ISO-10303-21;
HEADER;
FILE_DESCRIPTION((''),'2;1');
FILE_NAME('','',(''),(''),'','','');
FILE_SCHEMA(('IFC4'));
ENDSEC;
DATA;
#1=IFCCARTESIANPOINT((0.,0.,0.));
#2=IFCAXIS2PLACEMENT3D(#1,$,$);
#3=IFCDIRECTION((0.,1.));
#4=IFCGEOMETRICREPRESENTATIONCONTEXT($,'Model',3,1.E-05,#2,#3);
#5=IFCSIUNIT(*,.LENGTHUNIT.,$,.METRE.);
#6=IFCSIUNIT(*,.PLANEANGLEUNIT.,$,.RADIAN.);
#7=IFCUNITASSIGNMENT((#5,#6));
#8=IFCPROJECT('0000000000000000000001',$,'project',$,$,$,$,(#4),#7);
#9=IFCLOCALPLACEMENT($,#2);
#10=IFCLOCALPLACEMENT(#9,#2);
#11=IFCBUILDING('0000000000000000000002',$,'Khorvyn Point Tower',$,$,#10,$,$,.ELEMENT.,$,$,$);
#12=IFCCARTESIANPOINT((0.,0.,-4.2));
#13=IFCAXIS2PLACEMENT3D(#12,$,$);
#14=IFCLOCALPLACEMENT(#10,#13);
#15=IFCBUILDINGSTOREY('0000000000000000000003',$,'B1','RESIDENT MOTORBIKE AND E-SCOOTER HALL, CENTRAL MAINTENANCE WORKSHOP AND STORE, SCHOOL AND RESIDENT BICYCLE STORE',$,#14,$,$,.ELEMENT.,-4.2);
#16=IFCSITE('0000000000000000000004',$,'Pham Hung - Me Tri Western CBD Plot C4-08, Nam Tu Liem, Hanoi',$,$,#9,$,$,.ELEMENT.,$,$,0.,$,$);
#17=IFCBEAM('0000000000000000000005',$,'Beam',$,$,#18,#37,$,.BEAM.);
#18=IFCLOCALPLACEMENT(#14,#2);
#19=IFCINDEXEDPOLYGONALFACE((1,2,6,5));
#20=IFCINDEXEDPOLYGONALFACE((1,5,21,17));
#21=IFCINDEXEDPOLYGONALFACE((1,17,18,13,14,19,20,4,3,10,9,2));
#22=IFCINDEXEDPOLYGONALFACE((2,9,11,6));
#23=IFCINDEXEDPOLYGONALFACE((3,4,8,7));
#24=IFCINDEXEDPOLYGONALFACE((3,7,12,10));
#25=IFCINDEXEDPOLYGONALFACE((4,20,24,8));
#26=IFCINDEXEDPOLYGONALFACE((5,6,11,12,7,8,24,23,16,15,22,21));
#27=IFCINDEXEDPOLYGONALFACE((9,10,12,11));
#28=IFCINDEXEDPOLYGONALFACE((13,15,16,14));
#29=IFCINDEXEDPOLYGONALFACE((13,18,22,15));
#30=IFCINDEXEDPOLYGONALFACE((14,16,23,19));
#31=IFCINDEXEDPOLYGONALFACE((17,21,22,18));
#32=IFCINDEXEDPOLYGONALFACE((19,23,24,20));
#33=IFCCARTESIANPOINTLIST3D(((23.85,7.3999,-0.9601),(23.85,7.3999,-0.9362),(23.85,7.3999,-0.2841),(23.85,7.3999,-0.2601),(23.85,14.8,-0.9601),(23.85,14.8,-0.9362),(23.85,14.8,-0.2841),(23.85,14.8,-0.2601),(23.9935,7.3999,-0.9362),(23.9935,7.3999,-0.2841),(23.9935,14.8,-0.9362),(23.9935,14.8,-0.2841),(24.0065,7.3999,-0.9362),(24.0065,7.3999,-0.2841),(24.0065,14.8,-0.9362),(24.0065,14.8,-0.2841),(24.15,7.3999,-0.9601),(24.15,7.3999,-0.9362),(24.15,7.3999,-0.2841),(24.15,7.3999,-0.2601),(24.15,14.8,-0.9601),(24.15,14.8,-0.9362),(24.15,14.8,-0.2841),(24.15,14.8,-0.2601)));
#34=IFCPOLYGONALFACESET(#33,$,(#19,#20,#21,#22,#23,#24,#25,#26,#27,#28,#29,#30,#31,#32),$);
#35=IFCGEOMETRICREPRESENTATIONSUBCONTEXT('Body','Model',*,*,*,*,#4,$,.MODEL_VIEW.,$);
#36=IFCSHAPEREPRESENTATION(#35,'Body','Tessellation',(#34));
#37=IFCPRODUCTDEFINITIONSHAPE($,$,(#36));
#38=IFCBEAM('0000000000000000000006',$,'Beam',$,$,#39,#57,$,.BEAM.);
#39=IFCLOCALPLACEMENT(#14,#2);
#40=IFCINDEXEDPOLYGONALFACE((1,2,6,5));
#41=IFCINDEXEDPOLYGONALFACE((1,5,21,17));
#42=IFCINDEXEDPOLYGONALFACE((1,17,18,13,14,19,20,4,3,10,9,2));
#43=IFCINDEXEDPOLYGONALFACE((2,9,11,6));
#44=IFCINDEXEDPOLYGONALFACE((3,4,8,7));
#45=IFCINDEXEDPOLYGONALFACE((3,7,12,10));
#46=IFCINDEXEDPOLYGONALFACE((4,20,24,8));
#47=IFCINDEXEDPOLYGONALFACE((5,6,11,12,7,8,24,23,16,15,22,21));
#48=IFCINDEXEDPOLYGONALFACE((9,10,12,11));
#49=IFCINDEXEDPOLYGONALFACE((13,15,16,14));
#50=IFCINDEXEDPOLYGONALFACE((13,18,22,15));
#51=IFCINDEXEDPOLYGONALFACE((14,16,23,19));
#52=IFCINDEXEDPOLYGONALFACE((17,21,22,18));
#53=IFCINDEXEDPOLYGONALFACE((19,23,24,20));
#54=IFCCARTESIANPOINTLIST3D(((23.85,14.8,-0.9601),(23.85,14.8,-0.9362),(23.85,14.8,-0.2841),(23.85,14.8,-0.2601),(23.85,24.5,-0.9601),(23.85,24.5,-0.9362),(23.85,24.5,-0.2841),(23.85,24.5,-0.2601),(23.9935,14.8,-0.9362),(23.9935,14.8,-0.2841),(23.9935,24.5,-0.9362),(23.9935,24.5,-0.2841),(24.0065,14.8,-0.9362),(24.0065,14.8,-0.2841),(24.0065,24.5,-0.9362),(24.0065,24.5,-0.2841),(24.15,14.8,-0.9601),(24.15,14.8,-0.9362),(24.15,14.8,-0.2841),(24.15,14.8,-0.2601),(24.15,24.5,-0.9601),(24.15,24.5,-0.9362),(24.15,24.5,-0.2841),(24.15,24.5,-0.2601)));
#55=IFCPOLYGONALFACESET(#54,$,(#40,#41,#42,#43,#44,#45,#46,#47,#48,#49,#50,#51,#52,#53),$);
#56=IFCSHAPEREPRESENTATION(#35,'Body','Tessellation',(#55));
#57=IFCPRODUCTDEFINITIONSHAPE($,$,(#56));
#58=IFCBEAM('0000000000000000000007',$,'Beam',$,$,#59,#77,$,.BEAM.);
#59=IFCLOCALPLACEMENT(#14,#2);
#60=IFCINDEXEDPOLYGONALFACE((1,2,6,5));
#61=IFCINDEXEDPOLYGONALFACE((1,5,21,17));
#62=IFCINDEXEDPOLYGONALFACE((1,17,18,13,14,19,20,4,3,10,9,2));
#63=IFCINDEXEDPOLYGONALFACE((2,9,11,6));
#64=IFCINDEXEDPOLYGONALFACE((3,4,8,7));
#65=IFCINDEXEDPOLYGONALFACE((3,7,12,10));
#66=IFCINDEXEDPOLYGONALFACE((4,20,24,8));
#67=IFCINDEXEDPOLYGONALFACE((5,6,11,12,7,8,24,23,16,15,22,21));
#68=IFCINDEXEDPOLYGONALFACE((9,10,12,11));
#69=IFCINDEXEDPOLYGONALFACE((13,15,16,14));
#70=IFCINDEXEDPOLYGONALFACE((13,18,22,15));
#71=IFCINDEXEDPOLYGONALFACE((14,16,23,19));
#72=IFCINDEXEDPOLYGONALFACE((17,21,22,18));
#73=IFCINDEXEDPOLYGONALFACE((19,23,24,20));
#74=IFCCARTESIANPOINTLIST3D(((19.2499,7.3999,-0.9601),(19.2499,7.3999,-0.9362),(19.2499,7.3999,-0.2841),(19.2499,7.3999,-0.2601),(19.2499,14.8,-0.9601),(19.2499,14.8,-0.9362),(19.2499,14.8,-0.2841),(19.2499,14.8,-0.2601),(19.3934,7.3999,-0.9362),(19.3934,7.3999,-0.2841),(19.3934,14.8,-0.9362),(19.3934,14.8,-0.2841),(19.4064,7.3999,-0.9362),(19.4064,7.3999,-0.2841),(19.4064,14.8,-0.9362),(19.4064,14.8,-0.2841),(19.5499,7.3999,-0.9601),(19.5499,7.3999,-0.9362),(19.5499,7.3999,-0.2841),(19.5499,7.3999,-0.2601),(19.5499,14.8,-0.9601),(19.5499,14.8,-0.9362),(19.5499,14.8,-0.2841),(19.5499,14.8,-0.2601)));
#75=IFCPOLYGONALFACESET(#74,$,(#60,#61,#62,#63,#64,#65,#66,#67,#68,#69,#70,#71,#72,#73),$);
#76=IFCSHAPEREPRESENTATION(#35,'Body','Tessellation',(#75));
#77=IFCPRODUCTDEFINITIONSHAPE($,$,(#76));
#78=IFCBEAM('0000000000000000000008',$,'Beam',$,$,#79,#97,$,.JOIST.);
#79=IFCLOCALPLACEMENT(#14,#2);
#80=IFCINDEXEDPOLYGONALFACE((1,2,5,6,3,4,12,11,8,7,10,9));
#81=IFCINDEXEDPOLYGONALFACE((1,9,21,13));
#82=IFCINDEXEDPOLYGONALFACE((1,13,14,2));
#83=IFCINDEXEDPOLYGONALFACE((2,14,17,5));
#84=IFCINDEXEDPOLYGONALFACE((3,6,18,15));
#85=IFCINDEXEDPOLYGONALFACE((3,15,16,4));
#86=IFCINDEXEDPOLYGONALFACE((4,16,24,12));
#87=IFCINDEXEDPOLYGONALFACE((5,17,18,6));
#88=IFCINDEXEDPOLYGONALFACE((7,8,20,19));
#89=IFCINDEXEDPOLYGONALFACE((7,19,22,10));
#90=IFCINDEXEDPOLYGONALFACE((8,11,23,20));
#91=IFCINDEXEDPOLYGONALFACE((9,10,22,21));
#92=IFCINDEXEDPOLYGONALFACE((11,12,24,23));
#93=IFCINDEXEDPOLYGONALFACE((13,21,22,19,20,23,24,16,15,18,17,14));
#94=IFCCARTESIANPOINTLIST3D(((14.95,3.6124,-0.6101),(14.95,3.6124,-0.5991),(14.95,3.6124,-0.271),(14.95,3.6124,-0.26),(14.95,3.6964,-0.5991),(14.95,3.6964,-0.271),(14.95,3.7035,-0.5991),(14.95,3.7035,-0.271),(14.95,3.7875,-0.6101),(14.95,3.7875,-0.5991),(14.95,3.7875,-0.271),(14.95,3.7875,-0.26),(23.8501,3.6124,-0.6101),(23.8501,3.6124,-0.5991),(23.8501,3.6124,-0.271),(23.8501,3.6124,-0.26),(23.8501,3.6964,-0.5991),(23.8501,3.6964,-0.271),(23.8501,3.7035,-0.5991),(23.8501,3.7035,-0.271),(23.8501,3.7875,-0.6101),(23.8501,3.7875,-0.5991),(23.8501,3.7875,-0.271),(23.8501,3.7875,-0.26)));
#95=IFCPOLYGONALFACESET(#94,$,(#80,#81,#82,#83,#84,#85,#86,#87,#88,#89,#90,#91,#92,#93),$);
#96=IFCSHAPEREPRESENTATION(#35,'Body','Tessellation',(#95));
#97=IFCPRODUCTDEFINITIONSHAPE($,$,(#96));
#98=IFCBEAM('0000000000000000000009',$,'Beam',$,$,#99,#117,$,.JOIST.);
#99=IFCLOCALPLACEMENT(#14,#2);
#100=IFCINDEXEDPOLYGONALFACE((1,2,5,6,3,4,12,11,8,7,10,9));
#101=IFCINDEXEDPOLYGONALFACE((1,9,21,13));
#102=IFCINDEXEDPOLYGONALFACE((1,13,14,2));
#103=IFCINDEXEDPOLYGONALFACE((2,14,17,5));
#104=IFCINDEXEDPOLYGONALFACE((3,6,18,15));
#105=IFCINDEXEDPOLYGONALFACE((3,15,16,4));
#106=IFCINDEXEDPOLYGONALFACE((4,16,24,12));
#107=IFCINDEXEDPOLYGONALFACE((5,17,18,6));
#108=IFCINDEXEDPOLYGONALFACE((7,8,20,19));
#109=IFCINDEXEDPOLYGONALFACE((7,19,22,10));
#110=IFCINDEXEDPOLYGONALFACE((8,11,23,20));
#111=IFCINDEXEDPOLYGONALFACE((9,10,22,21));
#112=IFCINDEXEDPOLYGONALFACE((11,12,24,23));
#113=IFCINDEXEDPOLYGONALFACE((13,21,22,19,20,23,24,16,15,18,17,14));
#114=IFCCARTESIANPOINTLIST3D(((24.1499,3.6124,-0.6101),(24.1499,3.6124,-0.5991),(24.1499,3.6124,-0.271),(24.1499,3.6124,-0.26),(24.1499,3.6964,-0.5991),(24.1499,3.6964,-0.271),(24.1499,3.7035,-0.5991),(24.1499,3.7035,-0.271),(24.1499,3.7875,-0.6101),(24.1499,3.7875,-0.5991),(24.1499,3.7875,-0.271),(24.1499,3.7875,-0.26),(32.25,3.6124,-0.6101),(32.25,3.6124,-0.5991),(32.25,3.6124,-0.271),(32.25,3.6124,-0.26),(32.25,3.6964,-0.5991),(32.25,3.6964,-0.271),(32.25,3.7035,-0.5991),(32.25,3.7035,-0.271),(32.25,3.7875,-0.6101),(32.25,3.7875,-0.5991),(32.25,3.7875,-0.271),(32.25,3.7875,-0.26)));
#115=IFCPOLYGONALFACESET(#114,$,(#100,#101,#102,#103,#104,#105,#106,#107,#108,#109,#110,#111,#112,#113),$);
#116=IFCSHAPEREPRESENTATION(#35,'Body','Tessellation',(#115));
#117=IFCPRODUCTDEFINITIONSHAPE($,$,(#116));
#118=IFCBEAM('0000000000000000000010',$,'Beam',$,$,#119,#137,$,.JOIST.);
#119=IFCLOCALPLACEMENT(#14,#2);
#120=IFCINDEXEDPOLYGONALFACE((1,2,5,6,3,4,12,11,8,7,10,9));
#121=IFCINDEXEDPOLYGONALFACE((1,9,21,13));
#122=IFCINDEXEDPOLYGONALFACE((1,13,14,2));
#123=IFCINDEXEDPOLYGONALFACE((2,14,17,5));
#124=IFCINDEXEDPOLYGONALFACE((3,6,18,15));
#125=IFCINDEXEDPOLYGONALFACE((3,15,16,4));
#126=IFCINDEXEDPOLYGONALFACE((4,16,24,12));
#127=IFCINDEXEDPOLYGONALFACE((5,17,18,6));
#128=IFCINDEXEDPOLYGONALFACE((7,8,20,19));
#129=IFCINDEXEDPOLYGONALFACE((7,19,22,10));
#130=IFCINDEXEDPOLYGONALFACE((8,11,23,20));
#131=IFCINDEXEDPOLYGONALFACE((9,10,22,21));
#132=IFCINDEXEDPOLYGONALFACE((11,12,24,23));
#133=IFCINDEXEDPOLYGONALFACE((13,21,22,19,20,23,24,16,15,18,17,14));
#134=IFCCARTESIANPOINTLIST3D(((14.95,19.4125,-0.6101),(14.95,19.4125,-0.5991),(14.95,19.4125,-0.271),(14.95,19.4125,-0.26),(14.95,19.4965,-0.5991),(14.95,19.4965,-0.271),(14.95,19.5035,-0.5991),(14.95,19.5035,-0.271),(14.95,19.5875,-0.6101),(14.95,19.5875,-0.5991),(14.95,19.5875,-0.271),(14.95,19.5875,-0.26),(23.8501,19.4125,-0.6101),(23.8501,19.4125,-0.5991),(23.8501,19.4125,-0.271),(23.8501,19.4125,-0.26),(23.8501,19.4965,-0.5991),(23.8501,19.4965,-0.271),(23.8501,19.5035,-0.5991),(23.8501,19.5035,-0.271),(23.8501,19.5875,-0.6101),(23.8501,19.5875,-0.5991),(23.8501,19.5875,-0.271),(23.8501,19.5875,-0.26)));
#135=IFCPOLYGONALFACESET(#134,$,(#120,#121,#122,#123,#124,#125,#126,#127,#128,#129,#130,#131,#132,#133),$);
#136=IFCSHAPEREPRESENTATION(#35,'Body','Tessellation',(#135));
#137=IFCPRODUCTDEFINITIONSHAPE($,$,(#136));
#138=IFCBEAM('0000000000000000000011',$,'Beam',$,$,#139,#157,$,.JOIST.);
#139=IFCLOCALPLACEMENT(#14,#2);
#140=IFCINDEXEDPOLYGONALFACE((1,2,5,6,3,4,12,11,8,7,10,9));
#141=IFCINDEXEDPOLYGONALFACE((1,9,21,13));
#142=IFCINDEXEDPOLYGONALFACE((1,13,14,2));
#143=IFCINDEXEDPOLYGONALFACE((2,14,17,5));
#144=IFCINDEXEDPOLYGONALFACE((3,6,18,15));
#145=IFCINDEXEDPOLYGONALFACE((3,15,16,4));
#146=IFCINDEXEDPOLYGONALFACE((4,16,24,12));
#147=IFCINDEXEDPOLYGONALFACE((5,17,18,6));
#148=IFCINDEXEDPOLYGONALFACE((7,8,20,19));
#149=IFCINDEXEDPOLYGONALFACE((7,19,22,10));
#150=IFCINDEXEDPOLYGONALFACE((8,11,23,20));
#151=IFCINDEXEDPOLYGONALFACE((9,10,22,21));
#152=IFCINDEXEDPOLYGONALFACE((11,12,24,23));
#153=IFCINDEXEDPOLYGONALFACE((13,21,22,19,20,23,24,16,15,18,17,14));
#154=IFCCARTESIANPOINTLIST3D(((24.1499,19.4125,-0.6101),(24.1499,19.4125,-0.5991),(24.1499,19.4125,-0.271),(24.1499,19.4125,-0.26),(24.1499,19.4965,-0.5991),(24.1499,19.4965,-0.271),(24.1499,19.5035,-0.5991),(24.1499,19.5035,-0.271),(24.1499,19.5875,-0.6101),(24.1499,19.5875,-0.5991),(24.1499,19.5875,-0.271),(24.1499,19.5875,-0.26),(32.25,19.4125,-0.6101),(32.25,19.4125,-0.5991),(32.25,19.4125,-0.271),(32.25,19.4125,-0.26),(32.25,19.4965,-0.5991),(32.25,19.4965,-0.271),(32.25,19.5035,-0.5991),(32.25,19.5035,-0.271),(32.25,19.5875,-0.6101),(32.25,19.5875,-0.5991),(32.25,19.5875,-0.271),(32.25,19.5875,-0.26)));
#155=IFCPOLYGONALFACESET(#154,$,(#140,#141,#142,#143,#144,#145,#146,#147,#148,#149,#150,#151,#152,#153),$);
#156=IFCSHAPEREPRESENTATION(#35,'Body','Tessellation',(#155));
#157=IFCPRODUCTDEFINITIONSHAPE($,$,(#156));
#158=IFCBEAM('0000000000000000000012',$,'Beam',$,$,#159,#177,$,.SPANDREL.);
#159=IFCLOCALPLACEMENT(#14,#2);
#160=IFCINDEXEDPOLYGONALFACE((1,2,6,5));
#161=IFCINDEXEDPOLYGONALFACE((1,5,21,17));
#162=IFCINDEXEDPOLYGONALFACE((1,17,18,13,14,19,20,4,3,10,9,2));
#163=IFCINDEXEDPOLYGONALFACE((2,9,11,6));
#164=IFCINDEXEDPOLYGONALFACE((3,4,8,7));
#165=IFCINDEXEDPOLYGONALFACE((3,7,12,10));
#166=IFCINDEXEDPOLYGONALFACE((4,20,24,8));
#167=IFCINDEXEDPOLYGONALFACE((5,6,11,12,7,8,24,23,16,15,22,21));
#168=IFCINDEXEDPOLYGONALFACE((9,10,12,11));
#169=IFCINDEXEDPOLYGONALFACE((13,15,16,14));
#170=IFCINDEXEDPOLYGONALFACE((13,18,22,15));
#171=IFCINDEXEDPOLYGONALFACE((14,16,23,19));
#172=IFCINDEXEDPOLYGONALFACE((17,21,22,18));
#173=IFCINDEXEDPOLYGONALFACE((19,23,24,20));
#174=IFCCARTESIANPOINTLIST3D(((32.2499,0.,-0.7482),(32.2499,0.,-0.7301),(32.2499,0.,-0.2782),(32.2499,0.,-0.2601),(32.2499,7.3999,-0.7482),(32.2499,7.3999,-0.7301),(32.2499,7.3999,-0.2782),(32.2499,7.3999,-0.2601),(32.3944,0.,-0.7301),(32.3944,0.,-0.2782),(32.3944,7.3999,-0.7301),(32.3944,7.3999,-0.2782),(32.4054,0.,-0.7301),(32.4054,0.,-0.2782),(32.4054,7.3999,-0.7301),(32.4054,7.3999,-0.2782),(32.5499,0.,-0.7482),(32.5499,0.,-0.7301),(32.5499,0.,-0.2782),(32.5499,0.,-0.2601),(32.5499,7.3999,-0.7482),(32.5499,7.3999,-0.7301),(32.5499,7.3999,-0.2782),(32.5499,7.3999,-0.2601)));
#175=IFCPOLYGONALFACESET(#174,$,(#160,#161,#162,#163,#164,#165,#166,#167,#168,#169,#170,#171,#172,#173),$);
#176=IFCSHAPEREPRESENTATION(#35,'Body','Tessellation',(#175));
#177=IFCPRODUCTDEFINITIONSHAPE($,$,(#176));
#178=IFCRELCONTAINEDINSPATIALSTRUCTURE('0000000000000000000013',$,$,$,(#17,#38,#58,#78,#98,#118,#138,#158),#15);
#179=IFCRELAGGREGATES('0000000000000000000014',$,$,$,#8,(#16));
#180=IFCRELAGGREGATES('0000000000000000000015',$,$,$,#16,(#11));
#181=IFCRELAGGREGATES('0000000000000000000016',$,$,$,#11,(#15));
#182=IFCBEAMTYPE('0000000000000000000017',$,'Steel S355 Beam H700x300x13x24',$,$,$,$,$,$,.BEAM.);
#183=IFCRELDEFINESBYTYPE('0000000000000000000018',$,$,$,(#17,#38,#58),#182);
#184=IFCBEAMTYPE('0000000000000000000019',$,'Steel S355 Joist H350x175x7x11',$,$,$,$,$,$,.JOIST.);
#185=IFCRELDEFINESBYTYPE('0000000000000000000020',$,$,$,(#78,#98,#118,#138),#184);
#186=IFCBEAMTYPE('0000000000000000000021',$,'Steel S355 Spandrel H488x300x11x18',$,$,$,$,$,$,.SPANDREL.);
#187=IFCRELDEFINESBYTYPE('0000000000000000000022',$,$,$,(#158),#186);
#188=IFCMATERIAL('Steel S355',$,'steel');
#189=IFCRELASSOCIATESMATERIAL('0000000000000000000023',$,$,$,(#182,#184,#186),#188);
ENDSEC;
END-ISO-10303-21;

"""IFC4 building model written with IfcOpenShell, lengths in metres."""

from ifc_helpers import new_model, si_unit, direction, frame, origin, origin_2d, place, context, subcontext, project, spatial, i_section, extrude, material, material_profile, profile_set, type_object, element, save


model = new_model("IFC4")

# Units and contexts
model_context = context("Model", 3, precision=1e-05, world=origin(), true_north=direction((0.0, 1.0)))
body_context = subcontext(model_context, "Body", "Model", "MODEL_VIEW")
ifc_project = project(units=[si_unit("LENGTHUNIT", "METRE"), si_unit("PLANEANGLEUNIT", "RADIAN")], contexts=[model_context])

# Site, building, storey
site_placement = place(None, origin())
site = spatial("IfcSite", under=ifc_project, at=site_placement, Name="Pham Hung - Me Tri Western CBD Plot C4-08, Nam Tu Liem, Hanoi", CompositionType="ELEMENT", RefElevation=0.0)
building_placement = place(site_placement, origin())
building = spatial("IfcBuilding", under=site, at=building_placement, Name="Khorvyn Point Tower", CompositionType="ELEMENT")
storey_placement = place(building_placement, frame((0.0, 0.0, -4.2)))
storey = spatial("IfcBuildingStorey", under=building, at=storey_placement, Name="B1", Description="RESIDENT MOTORBIKE AND E-SCOOTER HALL, CENTRAL MAINTENANCE WORKSHOP AND STORE, SCHOOL AND RESIDENT BICYCLE STORE", CompositionType="ELEMENT", Elevation=-4.2)

# Beams
ifc_material_1 = material(Name="Steel S355", Category="steel")
ifc_material_profile_1 = material_profile(ifc_material_1, i_section(OverallWidth=0.3, OverallDepth=0.7, WebThickness=0.0129, FlangeThickness=0.0239, at=origin_2d()))
ifc_profile_set_1 = profile_set([ifc_material_profile_1], Name="Steel S355 H700x300x13x24")
beam_type_1 = type_object("IfcBeamType", Name="Steel S355 Beam H700x300x13x24", PredefinedType="BEAM", material=ifc_profile_set_1)
beam_1_placement = place(storey_placement, frame((24.0, 7.3999, -0.6101), z_axis=(0.0, 1.0, 0.0), x_axis=(-1.0, 0.0, 0.0)))
element("IfcBeam", 1, at=beam_1_placement, inside=storey, type_object=beam_type_1, Name="Beam", PredefinedType="BEAM", context=body_context, shape_type="SweptSolid", body=[
    extrude(i_section(OverallWidth=0.3, OverallDepth=0.7, WebThickness=0.0129, FlangeThickness=0.0239, at=origin_2d()), origin(), (0.0, 0.0, 1.0), 7.4001),
])
beam_2_placement = place(storey_placement, frame((24.0, 14.8, -0.6101), z_axis=(0.0, 1.0, 0.0), x_axis=(-1.0, 0.0, 0.0)))
element("IfcBeam", 2, at=beam_2_placement, inside=storey, type_object=beam_type_1, Name="Beam", PredefinedType="BEAM", context=body_context, shape_type="SweptSolid", body=[
    extrude(i_section(OverallWidth=0.3, OverallDepth=0.7, WebThickness=0.0129, FlangeThickness=0.0239, at=origin_2d()), origin(), (0.0, 0.0, 1.0), 9.7),
])
beam_3_placement = place(storey_placement, frame((19.3999, 7.3999, -0.6101), z_axis=(0.0, 1.0, 0.0), x_axis=(-1.0, 0.0, 0.0)))
element("IfcBeam", 3, at=beam_3_placement, inside=storey, type_object=beam_type_1, Name="Beam", PredefinedType="BEAM", context=body_context, shape_type="SweptSolid", body=[
    extrude(i_section(OverallWidth=0.3, OverallDepth=0.7, WebThickness=0.0129, FlangeThickness=0.0239, at=origin_2d()), origin(), (0.0, 0.0, 1.0), 7.4001),
])
ifc_material_profile_2 = material_profile(ifc_material_1, i_section(OverallWidth=0.175, OverallDepth=0.3501, WebThickness=0.0071, FlangeThickness=0.011, at=origin_2d()))
ifc_profile_set_2 = profile_set([ifc_material_profile_2], Name="Steel S355 H350x175x7x11")
beam_type_2 = type_object("IfcBeamType", Name="Steel S355 Joist H350x175x7x11", PredefinedType="JOIST", material=ifc_profile_set_2)
beam_4_placement = place(storey_placement, frame((14.95, 3.7, -0.4351), z_axis=(1.0, 0.0, 0.0), x_axis=(0.0, 1.0, 0.0)))
element("IfcBeam", 4, at=beam_4_placement, inside=storey, type_object=beam_type_2, Name="Beam", PredefinedType="JOIST", context=body_context, shape_type="SweptSolid", body=[
    extrude(i_section(OverallWidth=0.175, OverallDepth=0.3501, WebThickness=0.0071, FlangeThickness=0.011, at=origin_2d()), origin(), (0.0, 0.0, 1.0), 8.9001),
])
beam_5_placement = place(storey_placement, frame((24.1499, 3.7, -0.4351), z_axis=(1.0, 0.0, 0.0), x_axis=(0.0, 1.0, 0.0)))
element("IfcBeam", 5, at=beam_5_placement, inside=storey, type_object=beam_type_2, Name="Beam", PredefinedType="JOIST", context=body_context, shape_type="SweptSolid", body=[
    extrude(i_section(OverallWidth=0.175, OverallDepth=0.3501, WebThickness=0.0071, FlangeThickness=0.011, at=origin_2d()), origin(), (0.0, 0.0, 1.0), 8.1001),
])
beam_6_placement = place(storey_placement, frame((14.95, 19.5, -0.4351), z_axis=(1.0, 0.0, 0.0), x_axis=(0.0, 1.0, 0.0)))
element("IfcBeam", 6, at=beam_6_placement, inside=storey, type_object=beam_type_2, Name="Beam", PredefinedType="JOIST", context=body_context, shape_type="SweptSolid", body=[
    extrude(i_section(OverallWidth=0.175, OverallDepth=0.3501, WebThickness=0.0071, FlangeThickness=0.011, at=origin_2d()), origin(), (0.0, 0.0, 1.0), 8.9001),
])
beam_7_placement = place(storey_placement, frame((24.1499, 19.5, -0.4351), z_axis=(1.0, 0.0, 0.0), x_axis=(0.0, 1.0, 0.0)))
element("IfcBeam", 7, at=beam_7_placement, inside=storey, type_object=beam_type_2, Name="Beam", PredefinedType="JOIST", context=body_context, shape_type="SweptSolid", body=[
    extrude(i_section(OverallWidth=0.175, OverallDepth=0.3501, WebThickness=0.0071, FlangeThickness=0.011, at=origin_2d()), origin(), (0.0, 0.0, 1.0), 8.1001),
])
ifc_material_profile_3 = material_profile(ifc_material_1, i_section(OverallWidth=0.3, OverallDepth=0.488, WebThickness=0.011, FlangeThickness=0.0181, at=origin_2d()))
ifc_profile_set_3 = profile_set([ifc_material_profile_3], Name="Steel S355 H488x300x11x18")
beam_type_3 = type_object("IfcBeamType", Name="Steel S355 Spandrel H488x300x11x18", PredefinedType="SPANDREL", material=ifc_profile_set_3)
beam_8_placement = place(storey_placement, frame((32.3999, 0.0, -0.5042), z_axis=(0.0, 1.0, 0.0), x_axis=(-1.0, 0.0, 0.0)))
element("IfcBeam", 8, at=beam_8_placement, inside=storey, type_object=beam_type_3, Name="Beam", PredefinedType="SPANDREL", context=body_context, shape_type="SweptSolid", body=[
    extrude(i_section(OverallWidth=0.3, OverallDepth=0.488, WebThickness=0.011, FlangeThickness=0.0181, at=origin_2d()), origin(), (0.0, 0.0, 1.0), 7.3999),
])

save(model, "model.ifc")
